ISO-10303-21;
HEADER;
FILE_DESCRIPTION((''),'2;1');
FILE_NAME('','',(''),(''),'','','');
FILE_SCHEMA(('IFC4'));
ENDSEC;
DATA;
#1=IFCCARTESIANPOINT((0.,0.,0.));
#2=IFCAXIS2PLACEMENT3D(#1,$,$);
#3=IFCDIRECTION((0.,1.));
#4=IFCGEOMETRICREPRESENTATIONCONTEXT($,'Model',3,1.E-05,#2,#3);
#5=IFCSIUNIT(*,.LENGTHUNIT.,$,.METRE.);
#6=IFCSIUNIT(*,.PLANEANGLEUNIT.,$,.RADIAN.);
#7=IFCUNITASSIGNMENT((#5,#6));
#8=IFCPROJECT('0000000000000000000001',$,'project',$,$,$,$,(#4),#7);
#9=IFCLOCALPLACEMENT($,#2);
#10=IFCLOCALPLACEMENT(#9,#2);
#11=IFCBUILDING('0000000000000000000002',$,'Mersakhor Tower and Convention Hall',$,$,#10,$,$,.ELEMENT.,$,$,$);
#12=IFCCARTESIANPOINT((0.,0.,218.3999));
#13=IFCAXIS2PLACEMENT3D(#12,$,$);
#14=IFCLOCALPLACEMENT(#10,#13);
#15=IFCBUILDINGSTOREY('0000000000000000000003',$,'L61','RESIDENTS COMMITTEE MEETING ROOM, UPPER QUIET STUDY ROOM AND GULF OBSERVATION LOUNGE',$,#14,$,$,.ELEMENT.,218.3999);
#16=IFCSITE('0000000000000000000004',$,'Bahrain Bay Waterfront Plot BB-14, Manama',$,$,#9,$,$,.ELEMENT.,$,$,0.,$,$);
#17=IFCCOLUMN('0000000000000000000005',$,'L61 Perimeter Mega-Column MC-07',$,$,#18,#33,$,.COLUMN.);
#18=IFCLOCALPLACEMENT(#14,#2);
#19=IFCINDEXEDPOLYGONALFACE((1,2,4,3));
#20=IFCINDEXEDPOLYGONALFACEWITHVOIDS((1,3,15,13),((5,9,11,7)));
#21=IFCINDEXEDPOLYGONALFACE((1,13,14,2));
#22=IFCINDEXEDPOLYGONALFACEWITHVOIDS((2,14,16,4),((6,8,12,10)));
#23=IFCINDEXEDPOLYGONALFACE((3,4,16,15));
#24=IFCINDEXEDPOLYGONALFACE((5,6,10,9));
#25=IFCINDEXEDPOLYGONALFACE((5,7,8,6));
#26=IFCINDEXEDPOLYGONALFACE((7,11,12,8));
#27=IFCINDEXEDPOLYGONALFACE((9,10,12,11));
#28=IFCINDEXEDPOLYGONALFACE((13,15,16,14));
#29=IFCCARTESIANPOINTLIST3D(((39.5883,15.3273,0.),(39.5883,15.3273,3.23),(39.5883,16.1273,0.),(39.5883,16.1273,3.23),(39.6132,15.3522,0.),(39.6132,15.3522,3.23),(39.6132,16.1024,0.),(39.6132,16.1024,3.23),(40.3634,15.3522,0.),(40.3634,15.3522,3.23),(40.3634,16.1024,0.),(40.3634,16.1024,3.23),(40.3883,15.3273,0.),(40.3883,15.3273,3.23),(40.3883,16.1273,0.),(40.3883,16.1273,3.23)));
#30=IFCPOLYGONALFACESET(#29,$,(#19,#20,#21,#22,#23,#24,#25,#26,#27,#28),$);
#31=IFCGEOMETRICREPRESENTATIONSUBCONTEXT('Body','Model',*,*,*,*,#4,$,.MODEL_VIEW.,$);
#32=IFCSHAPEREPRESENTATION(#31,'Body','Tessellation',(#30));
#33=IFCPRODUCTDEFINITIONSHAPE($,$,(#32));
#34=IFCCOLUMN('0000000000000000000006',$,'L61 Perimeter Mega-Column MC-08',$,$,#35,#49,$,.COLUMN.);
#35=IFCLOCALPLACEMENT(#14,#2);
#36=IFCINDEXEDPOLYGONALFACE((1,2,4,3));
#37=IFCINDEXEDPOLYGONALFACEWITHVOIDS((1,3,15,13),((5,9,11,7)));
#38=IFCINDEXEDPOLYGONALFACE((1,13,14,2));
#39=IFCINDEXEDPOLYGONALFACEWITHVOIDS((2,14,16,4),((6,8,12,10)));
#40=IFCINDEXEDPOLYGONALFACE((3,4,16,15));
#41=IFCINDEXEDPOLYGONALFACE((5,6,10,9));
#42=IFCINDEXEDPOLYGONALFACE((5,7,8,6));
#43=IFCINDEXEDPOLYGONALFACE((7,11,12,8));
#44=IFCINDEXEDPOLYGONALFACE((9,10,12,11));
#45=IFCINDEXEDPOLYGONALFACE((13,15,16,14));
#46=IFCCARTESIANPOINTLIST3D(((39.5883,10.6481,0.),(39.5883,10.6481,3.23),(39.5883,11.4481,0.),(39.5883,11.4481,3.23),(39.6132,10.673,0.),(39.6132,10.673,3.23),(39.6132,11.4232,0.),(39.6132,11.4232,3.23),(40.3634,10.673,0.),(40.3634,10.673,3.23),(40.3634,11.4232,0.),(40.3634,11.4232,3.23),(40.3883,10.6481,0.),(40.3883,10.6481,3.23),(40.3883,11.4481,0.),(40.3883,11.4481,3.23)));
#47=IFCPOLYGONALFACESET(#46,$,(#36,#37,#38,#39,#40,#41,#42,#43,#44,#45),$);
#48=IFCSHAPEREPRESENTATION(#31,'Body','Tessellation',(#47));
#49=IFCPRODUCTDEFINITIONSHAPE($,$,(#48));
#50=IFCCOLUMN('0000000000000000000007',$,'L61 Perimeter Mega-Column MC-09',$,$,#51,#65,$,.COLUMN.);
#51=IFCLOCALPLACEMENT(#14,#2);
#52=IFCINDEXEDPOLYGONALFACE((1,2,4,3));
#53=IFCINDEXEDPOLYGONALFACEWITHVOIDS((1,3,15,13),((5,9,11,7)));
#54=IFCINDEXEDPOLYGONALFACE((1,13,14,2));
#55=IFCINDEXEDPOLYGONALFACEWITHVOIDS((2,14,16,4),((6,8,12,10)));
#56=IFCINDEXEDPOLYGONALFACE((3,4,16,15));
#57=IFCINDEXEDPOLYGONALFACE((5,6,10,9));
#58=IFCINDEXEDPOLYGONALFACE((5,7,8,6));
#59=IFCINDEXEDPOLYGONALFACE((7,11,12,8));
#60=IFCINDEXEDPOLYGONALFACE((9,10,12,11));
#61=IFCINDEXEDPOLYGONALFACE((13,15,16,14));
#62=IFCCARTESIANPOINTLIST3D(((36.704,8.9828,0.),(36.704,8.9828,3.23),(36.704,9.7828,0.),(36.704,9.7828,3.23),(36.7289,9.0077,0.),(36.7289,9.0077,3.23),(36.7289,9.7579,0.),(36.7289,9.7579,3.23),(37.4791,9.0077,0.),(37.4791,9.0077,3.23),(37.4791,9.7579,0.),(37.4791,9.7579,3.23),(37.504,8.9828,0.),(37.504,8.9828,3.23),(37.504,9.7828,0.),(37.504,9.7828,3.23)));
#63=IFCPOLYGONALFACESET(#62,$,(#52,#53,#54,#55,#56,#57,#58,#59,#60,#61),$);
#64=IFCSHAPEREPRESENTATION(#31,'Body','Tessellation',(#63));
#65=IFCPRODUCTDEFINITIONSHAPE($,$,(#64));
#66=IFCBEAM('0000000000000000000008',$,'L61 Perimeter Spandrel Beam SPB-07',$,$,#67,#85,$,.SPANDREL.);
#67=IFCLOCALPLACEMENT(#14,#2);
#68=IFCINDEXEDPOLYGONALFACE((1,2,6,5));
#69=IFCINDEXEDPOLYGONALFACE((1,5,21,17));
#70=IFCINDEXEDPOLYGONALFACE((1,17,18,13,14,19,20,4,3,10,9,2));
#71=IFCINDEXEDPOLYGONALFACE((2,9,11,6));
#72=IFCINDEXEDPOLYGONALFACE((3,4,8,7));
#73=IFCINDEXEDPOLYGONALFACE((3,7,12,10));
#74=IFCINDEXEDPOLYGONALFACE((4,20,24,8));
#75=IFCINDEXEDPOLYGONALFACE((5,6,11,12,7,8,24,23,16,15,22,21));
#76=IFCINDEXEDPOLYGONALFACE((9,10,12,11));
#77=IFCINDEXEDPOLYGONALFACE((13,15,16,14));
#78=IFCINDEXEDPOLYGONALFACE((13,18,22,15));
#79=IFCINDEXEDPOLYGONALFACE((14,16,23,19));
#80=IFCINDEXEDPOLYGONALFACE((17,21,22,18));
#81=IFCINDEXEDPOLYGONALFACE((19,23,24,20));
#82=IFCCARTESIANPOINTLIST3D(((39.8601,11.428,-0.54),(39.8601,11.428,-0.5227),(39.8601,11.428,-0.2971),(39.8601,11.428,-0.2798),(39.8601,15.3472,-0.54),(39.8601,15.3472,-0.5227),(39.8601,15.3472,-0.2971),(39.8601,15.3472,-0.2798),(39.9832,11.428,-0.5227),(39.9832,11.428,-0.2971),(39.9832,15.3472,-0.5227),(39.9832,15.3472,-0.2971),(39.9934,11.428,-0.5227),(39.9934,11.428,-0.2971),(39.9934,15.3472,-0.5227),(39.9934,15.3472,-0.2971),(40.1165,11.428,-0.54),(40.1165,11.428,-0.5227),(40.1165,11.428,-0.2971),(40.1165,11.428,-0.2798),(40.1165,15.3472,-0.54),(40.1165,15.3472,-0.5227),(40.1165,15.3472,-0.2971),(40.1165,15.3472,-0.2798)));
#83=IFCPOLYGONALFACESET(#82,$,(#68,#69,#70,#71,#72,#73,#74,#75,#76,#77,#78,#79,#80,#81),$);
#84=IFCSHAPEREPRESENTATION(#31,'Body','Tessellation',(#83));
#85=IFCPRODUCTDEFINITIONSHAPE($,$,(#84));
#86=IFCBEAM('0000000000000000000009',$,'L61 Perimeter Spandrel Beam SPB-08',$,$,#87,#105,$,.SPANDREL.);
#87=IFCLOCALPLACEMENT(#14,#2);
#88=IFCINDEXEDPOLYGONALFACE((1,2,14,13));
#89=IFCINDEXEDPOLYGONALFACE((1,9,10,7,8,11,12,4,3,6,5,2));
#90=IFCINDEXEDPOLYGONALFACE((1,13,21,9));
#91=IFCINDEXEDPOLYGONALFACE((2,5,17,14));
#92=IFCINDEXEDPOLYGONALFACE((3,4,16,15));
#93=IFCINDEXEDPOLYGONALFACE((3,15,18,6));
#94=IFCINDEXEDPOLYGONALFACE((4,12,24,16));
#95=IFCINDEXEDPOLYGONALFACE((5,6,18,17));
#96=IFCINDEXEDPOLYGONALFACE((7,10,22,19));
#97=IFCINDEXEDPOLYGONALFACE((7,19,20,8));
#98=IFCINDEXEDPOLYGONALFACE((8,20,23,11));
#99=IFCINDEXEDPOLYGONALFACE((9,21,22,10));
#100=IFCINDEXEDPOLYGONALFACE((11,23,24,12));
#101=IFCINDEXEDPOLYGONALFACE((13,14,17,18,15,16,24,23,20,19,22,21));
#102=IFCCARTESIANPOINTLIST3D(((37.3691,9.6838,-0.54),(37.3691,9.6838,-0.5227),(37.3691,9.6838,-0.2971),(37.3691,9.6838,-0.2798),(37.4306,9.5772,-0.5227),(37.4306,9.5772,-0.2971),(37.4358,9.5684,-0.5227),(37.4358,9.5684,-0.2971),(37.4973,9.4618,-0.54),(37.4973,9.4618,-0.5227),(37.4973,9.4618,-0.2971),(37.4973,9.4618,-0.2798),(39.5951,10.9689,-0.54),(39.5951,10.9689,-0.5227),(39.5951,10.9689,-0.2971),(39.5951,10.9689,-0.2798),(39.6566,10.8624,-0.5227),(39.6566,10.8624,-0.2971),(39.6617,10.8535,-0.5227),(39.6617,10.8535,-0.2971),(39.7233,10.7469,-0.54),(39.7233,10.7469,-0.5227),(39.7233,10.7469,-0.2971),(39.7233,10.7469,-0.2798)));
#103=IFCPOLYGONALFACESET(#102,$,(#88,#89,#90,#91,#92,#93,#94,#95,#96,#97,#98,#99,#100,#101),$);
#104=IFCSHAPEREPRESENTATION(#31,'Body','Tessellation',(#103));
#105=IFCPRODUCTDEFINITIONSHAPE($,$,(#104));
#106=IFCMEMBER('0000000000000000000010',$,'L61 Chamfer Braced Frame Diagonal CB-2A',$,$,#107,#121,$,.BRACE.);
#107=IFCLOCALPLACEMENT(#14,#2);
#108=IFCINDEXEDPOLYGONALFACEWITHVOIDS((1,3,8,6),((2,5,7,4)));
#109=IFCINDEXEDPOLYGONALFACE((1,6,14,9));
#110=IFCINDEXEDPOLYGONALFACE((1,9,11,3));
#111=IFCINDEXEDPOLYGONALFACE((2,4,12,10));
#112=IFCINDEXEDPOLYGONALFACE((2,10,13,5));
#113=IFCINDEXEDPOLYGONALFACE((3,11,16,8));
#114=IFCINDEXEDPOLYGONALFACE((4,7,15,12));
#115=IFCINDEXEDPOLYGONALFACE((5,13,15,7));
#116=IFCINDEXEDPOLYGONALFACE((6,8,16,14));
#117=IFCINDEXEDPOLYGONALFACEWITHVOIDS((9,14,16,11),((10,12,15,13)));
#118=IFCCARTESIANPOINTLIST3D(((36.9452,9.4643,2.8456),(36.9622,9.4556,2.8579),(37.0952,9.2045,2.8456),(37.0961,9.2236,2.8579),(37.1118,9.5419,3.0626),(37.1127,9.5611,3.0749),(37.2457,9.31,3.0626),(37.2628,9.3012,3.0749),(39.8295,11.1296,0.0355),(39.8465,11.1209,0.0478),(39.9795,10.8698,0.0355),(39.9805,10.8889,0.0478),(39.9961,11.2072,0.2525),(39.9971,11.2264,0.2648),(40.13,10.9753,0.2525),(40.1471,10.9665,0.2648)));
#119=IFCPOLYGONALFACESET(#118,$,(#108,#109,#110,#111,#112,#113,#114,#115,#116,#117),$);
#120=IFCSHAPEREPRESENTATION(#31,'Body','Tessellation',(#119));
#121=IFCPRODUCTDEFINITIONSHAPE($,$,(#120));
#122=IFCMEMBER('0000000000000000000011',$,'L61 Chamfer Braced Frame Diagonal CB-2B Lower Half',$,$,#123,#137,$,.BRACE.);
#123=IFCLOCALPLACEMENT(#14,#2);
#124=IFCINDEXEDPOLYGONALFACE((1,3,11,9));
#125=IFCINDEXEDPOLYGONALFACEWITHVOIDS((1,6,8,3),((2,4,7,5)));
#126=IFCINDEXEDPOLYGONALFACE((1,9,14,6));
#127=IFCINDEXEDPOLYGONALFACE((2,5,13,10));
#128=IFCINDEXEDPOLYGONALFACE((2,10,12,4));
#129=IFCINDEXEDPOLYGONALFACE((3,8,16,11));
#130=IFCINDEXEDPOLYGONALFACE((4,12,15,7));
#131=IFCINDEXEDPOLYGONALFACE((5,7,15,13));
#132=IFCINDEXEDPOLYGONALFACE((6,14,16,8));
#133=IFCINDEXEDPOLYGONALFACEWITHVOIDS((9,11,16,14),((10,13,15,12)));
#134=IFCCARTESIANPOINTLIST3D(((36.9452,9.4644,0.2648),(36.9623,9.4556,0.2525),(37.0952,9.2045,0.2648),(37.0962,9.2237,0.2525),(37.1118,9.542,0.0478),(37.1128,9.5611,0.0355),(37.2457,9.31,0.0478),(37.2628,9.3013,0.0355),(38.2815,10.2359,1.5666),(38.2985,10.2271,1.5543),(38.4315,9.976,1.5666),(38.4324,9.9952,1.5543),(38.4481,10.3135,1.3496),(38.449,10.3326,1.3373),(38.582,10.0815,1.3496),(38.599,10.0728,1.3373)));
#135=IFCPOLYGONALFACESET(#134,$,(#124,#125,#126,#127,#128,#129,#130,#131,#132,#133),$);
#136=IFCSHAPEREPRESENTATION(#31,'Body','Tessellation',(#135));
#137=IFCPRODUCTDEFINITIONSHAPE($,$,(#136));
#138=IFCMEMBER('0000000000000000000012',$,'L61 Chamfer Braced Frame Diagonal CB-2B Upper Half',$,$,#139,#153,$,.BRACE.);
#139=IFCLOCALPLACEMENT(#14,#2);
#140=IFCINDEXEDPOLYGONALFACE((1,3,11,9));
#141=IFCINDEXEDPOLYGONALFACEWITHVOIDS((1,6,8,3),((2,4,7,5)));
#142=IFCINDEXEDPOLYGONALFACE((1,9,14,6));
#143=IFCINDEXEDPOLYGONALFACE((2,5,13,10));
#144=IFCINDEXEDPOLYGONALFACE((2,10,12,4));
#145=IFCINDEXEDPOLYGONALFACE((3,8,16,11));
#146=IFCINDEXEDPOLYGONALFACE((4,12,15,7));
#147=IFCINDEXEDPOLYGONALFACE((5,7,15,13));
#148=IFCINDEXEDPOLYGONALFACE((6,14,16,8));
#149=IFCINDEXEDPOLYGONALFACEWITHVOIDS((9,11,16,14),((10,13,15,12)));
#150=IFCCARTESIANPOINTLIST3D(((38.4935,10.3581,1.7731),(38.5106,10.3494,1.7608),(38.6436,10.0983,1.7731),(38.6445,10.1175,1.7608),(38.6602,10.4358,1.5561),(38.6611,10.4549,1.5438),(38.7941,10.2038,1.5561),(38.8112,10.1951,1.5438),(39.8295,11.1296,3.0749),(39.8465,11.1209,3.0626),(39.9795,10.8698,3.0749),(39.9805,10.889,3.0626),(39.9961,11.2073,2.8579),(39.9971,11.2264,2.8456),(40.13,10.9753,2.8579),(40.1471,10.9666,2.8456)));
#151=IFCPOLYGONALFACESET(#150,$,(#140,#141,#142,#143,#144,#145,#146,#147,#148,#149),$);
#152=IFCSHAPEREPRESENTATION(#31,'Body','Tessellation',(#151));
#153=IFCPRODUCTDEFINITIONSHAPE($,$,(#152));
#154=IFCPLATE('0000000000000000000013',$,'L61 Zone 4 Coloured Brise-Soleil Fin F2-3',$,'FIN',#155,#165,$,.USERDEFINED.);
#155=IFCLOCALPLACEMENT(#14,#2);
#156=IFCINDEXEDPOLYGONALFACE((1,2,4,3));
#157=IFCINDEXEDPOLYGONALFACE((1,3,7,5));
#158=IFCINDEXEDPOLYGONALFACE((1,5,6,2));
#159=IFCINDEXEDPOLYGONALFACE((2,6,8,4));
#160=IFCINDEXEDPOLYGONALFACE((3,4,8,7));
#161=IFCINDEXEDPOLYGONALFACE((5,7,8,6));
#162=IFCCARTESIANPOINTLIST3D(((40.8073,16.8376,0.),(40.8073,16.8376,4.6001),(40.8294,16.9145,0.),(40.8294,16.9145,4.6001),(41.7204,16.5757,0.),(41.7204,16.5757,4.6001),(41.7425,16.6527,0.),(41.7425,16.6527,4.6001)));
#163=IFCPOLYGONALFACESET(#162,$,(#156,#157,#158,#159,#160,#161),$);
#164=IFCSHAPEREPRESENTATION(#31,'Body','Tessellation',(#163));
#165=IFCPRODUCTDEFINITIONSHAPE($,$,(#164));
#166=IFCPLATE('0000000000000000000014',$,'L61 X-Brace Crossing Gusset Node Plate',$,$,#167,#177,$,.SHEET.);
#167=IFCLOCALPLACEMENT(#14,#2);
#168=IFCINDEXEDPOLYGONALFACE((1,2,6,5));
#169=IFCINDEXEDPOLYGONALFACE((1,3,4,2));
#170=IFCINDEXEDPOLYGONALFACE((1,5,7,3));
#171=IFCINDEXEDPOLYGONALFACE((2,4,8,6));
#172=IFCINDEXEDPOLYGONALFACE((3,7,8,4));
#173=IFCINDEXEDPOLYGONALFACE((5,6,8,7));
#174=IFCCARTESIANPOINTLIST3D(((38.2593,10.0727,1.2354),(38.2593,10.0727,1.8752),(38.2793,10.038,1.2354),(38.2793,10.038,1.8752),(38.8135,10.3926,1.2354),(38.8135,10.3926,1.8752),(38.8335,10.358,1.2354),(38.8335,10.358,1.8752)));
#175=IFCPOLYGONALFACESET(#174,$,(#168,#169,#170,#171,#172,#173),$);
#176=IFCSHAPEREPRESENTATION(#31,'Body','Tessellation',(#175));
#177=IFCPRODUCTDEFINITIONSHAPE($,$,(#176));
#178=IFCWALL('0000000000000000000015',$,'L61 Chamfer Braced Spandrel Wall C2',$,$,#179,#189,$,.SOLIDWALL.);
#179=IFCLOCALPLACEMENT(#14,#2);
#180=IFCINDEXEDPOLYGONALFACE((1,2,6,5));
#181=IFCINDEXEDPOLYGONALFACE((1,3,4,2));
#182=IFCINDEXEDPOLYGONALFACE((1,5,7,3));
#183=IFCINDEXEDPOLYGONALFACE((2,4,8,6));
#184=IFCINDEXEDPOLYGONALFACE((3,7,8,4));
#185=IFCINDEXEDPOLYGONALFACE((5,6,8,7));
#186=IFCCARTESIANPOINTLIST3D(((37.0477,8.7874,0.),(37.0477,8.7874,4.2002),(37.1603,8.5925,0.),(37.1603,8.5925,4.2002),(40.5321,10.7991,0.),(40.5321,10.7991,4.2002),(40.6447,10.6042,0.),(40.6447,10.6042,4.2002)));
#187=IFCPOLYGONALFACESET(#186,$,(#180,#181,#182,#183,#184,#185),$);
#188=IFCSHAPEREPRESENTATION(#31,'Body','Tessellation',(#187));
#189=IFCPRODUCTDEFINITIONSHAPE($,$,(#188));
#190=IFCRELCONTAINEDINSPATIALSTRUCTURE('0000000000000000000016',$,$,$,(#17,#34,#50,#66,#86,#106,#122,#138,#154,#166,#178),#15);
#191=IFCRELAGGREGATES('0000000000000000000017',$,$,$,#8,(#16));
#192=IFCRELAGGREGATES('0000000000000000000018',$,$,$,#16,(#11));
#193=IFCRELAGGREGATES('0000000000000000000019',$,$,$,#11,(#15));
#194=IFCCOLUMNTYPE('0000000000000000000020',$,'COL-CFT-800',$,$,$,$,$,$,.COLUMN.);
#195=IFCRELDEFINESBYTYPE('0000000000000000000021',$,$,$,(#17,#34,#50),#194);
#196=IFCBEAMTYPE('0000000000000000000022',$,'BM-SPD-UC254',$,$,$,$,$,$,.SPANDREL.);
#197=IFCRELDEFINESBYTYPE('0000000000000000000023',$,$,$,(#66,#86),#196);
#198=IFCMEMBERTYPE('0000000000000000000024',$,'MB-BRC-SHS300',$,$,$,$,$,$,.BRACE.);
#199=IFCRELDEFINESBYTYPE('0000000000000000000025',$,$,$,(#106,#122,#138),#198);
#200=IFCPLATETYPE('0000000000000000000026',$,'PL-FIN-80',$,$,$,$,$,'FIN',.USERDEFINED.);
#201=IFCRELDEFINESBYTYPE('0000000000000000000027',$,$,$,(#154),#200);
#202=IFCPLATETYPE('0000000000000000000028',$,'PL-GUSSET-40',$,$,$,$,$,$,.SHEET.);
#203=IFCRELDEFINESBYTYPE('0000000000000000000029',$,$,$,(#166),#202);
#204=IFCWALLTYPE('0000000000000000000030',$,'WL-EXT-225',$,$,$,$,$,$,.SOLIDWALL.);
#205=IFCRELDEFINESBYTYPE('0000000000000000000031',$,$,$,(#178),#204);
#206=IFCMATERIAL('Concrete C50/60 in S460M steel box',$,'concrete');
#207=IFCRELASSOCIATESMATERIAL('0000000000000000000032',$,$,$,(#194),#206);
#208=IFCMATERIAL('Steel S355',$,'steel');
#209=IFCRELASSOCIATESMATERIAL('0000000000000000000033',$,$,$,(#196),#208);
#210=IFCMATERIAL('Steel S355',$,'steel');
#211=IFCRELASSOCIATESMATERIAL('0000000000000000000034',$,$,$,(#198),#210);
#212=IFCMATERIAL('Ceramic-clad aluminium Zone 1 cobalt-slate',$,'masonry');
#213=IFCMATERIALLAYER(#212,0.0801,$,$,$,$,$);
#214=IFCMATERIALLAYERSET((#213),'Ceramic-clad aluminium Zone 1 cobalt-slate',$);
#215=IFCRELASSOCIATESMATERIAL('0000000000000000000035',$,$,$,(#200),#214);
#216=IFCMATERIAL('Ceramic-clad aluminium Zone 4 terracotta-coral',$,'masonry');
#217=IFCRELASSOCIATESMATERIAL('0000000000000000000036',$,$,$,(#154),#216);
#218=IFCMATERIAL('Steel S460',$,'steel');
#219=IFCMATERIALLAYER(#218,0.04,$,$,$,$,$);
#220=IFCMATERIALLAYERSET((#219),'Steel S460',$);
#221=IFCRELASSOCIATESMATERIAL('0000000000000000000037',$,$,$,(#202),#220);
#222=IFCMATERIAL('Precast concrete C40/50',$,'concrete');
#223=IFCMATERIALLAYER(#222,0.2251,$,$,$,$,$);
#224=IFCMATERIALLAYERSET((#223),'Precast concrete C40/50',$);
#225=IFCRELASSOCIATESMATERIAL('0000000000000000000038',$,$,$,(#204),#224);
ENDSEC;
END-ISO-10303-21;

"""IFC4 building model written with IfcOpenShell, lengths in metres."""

from ifc_helpers import new_model, si_unit, direction, frame, frame_2d, origin, origin_2d, place, context, subcontext, project, spatial, rectangle, hollow_rectangle, i_section, extrude, material, layer, layer_set, material_profile, profile_set, type_object, element, save


model = new_model("IFC4")

# Units and contexts
model_context = context("Model", 3, precision=1e-05, world=origin(), true_north=direction((0.0, 1.0)))
body_context = subcontext(model_context, "Body", "Model", "MODEL_VIEW")
ifc_project = project(units=[si_unit("LENGTHUNIT", "METRE"), si_unit("PLANEANGLEUNIT", "RADIAN")], contexts=[model_context])

# Site, building, storey
site_placement = place(None, origin())
site = spatial("IfcSite", under=ifc_project, at=site_placement, Name="Bahrain Bay Waterfront Plot BB-14, Manama", CompositionType="ELEMENT", RefElevation=0.0)
building_placement = place(site_placement, origin())
building = spatial("IfcBuilding", under=site, at=building_placement, Name="Mersakhor Tower and Convention Hall", CompositionType="ELEMENT")
storey_placement = place(building_placement, frame((0.0, 0.0, 218.3999)))
storey = spatial("IfcBuildingStorey", under=building, at=storey_placement, Name="L61", Description="RESIDENTS COMMITTEE MEETING ROOM, UPPER QUIET STUDY ROOM AND GULF OBSERVATION LOUNGE", CompositionType="ELEMENT", Elevation=218.3999)

# Columns
ifc_material_1 = material(Name="Concrete C50/60 in S460M steel box", Category="concrete")
ifc_material_profile_1 = material_profile(ifc_material_1, hollow_rectangle(XDim=0.8, YDim=0.8, WallThickness=0.0249, at=origin_2d()), Name="SHS 800x800x25")
ifc_profile_set_1 = profile_set([ifc_material_profile_1], Name="Concrete C50/60 in S460M steel box")
column_type = type_object("IfcColumnType", Name="COL-CFT-800", PredefinedType="COLUMN", material=ifc_profile_set_1)
for number, where, z_axis, x_axis, name in (
    (1, (39.9883, 15.7273, 0.0), (0.0, 0.0, 1.0), (1.0, 0.0, 0.0), "L61 Perimeter Mega-Column MC-07"),
    (2, (39.9883, 11.0481, 0.0), (0.0, 0.0, 1.0), (1.0, 0.0, 0.0), "L61 Perimeter Mega-Column MC-08"),
    (3, (37.104, 9.3828, 0.0), (0.0, 0.0, 1.0), (1.0, 0.0, 0.0), "L61 Perimeter Mega-Column MC-09"),
):
    element("IfcColumn", number, at=place(storey_placement, frame(where, z_axis=z_axis, x_axis=x_axis)), inside=storey, type_object=column_type, Name=name, PredefinedType="COLUMN", context=body_context, shape_type="SweptSolid", body=[
        extrude(hollow_rectangle(XDim=0.8, YDim=0.8, WallThickness=0.0249, at=origin_2d()), origin(), (0.0, 0.0, 1.0), 3.23),
    ])

# Beams
ifc_material_2 = material(Name="Steel S355", Category="steel")
ifc_material_profile_2 = material_profile(ifc_material_2, i_section(OverallWidth=0.2563, OverallDepth=0.2603, WebThickness=0.0103, FlangeThickness=0.0173, at=origin_2d()), Name="UC 254x254x89")
ifc_profile_set_2 = profile_set([ifc_material_profile_2], Name="Steel S355")
beam_type = type_object("IfcBeamType", Name="BM-SPD-UC254", PredefinedType="SPANDREL", material=ifc_profile_set_2)
beam_1_placement = place(storey_placement, frame((39.9883, 15.3472, -0.4099), z_axis=(0.0, -1.0, 0.0), x_axis=(1.0, 0.0, 0.0)))
element("IfcBeam", 4, at=beam_1_placement, inside=storey, type_object=beam_type, Name="L61 Perimeter Spandrel Beam SPB-07", PredefinedType="SPANDREL", context=body_context, shape_type="SweptSolid", body=[
    extrude(i_section(OverallWidth=0.2563, OverallDepth=0.2603, WebThickness=0.0103, FlangeThickness=0.0173, at=origin_2d()), origin(), (0.0, 0.0, 1.0), 3.9192),
])
beam_2_placement = place(storey_placement, frame((39.6592, 10.8579, -0.4099), z_axis=(-0.866037, -0.49998, 0.0), x_axis=(0.49998, -0.866037, 0.0)))
element("IfcBeam", 5, at=beam_2_placement, inside=storey, type_object=beam_type, Name="L61 Perimeter Spandrel Beam SPB-08", PredefinedType="SPANDREL", context=body_context, shape_type="SweptSolid", body=[
    extrude(i_section(OverallWidth=0.2563, OverallDepth=0.2603, WebThickness=0.0103, FlangeThickness=0.0173, at=origin_2d()), origin(), (0.0, 0.0, 1.0), 2.5703),
])

# Members
ifc_material_3 = material(Name="Steel S355", Category="steel")
ifc_material_profile_3 = material_profile(ifc_material_3, hollow_rectangle(XDim=0.3, YDim=0.3, WallThickness=0.0161, at=origin_2d()), Name="SHS 300x300x16")
ifc_profile_set_3 = profile_set([ifc_material_profile_3], Name="Steel S355")
member_type = type_object("IfcMemberType", Name="MB-BRC-SHS300", PredefinedType="BRACE", material=ifc_profile_set_3)
member_1_placement = place(storey_placement, frame((39.9883, 11.0481, 0.1501), z_axis=(-0.661896, -0.382156, 0.644864), x_axis=(0.50001, -0.86602, 0.0)))
element("IfcMember", 6, at=member_1_placement, inside=storey, type_object=member_type, Name="L61 Chamfer Braced Frame Diagonal CB-2A", PredefinedType="BRACE", context=body_context, shape_type="SweptSolid", body=[
    extrude(hollow_rectangle(XDim=0.3, YDim=0.3, WallThickness=0.0161, at=origin_2d()), origin(), (0.0, 0.0, 1.0), 4.3577),
])
member_2_placement = place(storey_placement, frame((37.104, 9.3828, 0.1501), z_axis=(0.661903, 0.382169, 0.64485), x_axis=(-0.500019, 0.866014, 0.0)))
element("IfcMember", 7, at=member_2_placement, inside=storey, type_object=member_type, Name="L61 Chamfer Braced Frame Diagonal CB-2B Lower Half", PredefinedType="BRACE", context=body_context, shape_type="SweptSolid", body=[
    extrude(hollow_rectangle(XDim=0.3, YDim=0.3, WallThickness=0.0161, at=origin_2d()), origin(), (0.0, 0.0, 1.0), 2.0188),
])
member_3_placement = place(storey_placement, frame((38.6523, 10.2766, 1.6584), z_axis=(0.661835, 0.3822, 0.644902), x_axis=(-0.500088, 0.865975, 0.0)))
element("IfcMember", 8, at=member_3_placement, inside=storey, type_object=member_type, Name="L61 Chamfer Braced Frame Diagonal CB-2B Upper Half", PredefinedType="BRACE", context=body_context, shape_type="SweptSolid", body=[
    extrude(hollow_rectangle(XDim=0.3, YDim=0.3, WallThickness=0.0161, at=origin_2d()), origin(), (0.0, 0.0, 1.0), 2.0186),
])

# Plates
ifc_material_4 = material(Name="Ceramic-clad aluminium Zone 4 terracotta-coral", Category="masonry")
ifc_material_5 = material(Name="Ceramic-clad aluminium Zone 1 cobalt-slate", Category="masonry")
ifc_layer_1 = layer(ifc_material_5, 0.0801)
ifc_layer_set_1 = layer_set([ifc_layer_1], Name="Ceramic-clad aluminium Zone 1 cobalt-slate")
plate_type_1 = type_object("IfcPlateType", Name="PL-FIN-80", ElementType="FIN", PredefinedType="USERDEFINED", material=ifc_layer_set_1)
plate_1_placement = place(storey_placement, frame((41.2749, 16.7451, 0.0), z_axis=(0.0, 0.0, 1.0), x_axis=(0.961262, -0.275637, 0.0)))
element("IfcPlate", 9, at=plate_1_placement, inside=storey, type_object=plate_type_1, material=ifc_material_4, Name="L61 Zone 4 Coloured Brise-Soleil Fin F2-3", ObjectType="FIN", PredefinedType="USERDEFINED", context=body_context, shape_type="SweptSolid", body=[
    extrude(rectangle(XDim=0.95, YDim=0.0801, at=origin_2d()), origin(), (0.0, 0.0, 1.0), 4.6001),
])
ifc_material_6 = material(Name="Steel S460", Category="steel")
ifc_layer_2 = layer(ifc_material_6, 0.04)
ifc_layer_set_2 = layer_set([ifc_layer_2], Name="Steel S460")
plate_type_2 = type_object("IfcPlateType", Name="PL-GUSSET-40", PredefinedType="SHEET", material=ifc_layer_set_2)
plate_2_placement = place(storey_placement, frame((38.5464, 10.2153, 1.2354), z_axis=(0.0, 0.0, 1.0), x_axis=(0.866025, 0.5, 0.0)))
element("IfcPlate", 10, at=plate_2_placement, inside=storey, type_object=plate_type_2, Name="L61 X-Brace Crossing Gusset Node Plate", PredefinedType="SHEET", context=body_context, shape_type="SweptSolid", body=[
    extrude(rectangle(XDim=0.6399, YDim=0.04, at=origin_2d()), origin(), (0.0, 0.0, 1.0), 0.6399),
])

# Wall
ifc_material_7 = material(Name="Precast concrete C40/50", Category="concrete")
ifc_layer_3 = layer(ifc_material_7, 0.2251)
ifc_layer_set_3 = layer_set([ifc_layer_3], Name="Precast concrete C40/50")
wall_type_1 = type_object("IfcWallType", Name="WL-EXT-225", PredefinedType="SOLIDWALL", material=ifc_layer_set_3)
wall_1_placement = place(storey_placement, frame((40.5884, 10.7017, 0.0), z_axis=(0.0, 0.0, 1.0), x_axis=(-0.866024, -0.500003, 0.0)))
element("IfcWall", 11, at=wall_1_placement, inside=storey, type_object=wall_type_1, Name="L61 Chamfer Braced Spandrel Wall C2", PredefinedType="SOLIDWALL", context=body_context, shape_type="SweptSolid", body=[
    extrude(rectangle(XDim=4.0234, YDim=0.2251, at=frame_2d((2.0117, 0.0))), origin(), (0.0, 0.0, 1.0), 4.2002),
])

save(model, "model.ifc")
